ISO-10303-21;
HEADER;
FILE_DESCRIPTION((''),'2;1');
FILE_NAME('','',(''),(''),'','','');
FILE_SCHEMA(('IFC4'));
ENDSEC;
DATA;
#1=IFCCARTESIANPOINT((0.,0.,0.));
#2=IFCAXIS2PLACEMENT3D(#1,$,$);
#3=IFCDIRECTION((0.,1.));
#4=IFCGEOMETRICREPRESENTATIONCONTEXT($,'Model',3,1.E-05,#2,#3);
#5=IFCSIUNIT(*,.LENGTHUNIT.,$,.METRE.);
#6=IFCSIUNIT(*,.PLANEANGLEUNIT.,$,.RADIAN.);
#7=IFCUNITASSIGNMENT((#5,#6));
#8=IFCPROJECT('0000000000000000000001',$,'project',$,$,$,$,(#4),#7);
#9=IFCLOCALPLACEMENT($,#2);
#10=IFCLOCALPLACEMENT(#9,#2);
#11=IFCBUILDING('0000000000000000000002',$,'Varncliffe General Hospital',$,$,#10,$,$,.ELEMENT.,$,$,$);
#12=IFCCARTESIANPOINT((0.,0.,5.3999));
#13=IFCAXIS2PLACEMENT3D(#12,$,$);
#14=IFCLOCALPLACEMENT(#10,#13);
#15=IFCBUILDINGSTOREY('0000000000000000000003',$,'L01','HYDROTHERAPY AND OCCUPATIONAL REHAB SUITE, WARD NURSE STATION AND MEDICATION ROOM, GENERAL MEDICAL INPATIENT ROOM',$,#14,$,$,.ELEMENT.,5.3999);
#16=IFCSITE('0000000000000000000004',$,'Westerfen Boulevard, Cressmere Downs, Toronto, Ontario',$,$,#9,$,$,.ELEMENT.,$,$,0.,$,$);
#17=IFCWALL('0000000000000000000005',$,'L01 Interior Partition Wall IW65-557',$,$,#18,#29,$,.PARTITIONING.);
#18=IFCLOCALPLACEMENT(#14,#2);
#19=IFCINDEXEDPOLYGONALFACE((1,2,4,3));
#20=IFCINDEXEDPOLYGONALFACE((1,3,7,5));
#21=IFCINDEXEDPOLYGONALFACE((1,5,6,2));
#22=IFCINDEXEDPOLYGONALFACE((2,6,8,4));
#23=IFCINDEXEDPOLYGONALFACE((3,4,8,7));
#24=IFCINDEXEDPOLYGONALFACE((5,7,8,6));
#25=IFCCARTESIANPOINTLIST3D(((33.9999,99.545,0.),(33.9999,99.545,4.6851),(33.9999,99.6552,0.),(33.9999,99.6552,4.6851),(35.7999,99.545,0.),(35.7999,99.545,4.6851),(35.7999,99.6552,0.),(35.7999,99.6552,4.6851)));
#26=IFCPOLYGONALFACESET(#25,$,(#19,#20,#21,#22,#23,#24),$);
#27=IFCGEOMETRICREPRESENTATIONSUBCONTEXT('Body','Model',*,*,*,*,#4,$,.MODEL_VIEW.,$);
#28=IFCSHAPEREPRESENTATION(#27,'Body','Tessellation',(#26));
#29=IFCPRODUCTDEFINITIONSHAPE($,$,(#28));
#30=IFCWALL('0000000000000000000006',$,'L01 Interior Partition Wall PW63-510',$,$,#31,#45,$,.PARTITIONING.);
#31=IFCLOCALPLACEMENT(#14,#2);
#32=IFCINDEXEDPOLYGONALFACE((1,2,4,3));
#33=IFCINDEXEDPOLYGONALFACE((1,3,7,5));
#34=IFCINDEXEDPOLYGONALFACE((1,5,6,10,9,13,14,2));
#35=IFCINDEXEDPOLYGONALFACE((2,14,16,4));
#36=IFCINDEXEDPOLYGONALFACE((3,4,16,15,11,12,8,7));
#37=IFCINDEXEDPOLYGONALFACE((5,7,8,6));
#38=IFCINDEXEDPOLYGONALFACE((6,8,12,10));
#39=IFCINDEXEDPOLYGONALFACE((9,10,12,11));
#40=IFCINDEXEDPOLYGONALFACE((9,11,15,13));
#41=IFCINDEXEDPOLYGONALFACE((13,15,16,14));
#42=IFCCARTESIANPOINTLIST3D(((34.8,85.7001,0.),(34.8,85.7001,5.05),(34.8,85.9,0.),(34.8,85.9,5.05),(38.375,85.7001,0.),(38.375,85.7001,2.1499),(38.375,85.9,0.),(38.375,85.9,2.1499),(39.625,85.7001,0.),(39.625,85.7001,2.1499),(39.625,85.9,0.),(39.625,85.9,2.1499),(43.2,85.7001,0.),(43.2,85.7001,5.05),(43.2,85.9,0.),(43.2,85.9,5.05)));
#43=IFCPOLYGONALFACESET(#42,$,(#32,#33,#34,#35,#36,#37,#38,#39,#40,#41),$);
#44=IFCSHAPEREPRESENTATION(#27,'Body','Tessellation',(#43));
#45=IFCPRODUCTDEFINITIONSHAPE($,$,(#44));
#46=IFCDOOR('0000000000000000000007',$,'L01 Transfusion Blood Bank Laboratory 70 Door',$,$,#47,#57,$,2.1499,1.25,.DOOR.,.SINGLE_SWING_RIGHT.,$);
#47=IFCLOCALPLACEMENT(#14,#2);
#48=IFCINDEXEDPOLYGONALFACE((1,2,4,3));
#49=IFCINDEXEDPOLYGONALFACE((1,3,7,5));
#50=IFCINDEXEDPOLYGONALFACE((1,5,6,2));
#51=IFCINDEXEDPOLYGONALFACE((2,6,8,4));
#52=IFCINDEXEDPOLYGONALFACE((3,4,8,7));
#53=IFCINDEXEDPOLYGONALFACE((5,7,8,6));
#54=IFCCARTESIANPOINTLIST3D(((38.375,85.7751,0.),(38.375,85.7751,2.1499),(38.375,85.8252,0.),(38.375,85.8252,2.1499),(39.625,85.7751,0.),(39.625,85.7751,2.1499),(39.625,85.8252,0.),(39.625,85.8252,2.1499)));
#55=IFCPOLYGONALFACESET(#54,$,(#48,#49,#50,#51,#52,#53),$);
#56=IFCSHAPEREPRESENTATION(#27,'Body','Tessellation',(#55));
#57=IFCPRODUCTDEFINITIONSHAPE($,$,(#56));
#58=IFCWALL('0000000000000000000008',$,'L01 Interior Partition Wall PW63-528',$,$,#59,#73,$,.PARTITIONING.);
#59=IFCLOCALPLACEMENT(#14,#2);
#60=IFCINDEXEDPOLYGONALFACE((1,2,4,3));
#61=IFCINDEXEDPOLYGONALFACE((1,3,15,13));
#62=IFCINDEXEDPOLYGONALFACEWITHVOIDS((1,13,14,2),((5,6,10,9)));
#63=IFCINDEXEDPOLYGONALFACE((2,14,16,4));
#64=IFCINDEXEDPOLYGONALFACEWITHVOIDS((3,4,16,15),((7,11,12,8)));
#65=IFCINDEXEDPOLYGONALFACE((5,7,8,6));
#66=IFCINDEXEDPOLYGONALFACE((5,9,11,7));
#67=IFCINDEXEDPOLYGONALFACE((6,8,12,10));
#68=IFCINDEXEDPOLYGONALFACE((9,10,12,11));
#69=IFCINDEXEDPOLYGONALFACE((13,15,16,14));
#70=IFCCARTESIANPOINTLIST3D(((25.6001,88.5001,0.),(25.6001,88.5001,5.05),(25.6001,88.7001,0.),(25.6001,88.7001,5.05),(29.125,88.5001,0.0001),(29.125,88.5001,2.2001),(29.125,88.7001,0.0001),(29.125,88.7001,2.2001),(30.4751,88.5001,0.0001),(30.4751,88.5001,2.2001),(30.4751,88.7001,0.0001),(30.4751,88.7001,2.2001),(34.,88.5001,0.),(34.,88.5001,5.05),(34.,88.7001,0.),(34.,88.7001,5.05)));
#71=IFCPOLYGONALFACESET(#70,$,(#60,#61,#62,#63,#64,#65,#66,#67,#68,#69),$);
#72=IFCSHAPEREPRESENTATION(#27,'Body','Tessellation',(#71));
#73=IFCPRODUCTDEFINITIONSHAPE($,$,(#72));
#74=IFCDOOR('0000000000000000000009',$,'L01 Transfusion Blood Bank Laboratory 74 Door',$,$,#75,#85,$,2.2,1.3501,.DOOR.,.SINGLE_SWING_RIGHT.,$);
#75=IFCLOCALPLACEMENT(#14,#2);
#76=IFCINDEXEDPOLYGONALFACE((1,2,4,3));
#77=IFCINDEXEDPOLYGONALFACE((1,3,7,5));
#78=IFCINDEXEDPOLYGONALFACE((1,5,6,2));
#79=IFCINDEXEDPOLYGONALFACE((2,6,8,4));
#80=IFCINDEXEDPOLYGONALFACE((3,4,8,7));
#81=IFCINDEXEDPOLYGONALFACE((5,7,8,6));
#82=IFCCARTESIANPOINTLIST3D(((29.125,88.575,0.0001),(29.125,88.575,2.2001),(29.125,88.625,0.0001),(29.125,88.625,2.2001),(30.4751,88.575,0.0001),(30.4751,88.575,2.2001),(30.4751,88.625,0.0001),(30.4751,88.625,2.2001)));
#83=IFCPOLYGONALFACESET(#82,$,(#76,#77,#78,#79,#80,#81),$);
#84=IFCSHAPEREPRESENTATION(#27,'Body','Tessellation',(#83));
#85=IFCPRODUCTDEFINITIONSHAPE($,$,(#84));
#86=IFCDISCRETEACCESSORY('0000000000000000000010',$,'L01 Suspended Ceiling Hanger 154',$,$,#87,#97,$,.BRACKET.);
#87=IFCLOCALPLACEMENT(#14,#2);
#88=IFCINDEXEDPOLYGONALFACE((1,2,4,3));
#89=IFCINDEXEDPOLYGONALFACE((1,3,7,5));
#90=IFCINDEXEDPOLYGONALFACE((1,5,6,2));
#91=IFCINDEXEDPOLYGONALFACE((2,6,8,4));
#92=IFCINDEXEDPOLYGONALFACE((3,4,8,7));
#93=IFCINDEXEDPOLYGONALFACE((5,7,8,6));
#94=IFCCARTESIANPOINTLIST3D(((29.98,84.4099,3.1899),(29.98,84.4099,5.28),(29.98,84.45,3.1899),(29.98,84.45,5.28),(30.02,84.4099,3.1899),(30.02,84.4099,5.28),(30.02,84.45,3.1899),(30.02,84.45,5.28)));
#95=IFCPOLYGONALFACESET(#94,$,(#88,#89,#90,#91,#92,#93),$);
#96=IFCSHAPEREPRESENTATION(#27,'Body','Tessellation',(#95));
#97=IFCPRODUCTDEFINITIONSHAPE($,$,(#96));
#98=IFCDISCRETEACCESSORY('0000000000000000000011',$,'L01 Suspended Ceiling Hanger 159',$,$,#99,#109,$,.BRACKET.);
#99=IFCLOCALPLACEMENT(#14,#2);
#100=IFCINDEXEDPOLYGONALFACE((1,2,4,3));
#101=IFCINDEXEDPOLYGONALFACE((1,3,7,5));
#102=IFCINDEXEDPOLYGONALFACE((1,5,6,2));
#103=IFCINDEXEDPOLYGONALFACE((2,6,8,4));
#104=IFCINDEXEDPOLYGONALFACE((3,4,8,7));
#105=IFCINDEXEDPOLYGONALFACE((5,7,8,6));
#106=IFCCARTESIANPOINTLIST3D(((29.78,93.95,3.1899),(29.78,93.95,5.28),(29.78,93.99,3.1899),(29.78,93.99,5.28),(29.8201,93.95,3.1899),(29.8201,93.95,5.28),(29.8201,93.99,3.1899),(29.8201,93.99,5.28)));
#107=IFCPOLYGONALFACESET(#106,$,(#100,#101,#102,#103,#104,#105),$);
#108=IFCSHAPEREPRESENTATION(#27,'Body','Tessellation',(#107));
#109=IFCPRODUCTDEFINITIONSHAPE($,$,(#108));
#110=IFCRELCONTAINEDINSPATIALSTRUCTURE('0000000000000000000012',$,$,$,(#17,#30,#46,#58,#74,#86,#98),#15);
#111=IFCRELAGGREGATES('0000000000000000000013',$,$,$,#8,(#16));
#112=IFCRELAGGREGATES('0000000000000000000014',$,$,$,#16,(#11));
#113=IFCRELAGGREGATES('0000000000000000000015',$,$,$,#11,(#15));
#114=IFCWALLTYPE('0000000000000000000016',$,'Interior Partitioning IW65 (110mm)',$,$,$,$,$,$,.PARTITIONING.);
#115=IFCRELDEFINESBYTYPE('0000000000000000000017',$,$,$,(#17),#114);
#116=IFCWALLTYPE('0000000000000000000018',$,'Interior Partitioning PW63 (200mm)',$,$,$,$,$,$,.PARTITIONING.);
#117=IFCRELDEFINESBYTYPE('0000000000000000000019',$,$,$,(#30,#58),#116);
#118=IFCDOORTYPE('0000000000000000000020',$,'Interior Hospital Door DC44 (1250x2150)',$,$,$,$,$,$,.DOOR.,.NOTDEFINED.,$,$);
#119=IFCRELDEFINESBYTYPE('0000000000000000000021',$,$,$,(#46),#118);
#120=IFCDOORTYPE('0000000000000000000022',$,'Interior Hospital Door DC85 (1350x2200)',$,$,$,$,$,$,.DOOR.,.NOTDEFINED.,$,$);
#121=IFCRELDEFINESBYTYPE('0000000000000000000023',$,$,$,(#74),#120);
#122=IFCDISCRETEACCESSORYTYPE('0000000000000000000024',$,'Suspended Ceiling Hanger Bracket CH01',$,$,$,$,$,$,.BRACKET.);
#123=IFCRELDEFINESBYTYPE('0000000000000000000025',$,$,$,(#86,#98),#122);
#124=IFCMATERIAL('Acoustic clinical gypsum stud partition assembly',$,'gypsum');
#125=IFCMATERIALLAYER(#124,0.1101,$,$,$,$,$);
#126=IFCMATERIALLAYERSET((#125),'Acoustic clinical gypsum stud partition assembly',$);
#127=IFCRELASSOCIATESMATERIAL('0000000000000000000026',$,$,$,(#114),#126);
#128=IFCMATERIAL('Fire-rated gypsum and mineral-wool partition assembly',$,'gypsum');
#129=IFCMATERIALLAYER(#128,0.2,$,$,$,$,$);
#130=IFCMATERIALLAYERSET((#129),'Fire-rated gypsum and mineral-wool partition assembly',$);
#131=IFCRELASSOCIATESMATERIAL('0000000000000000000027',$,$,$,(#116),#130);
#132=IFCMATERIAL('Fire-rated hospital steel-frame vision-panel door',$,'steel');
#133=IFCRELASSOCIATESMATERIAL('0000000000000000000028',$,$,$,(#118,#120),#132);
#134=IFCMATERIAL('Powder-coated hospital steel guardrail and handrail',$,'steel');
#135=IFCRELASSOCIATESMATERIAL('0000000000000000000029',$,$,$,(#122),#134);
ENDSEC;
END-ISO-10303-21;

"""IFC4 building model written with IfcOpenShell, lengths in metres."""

from ifc_helpers import new_model, si_unit, direction, frame, frame_2d, origin, origin_2d, place, context, subcontext, project, spatial, rectangle, extrude, material, layer, layer_set, type_object, element, fill, save


model = new_model("IFC4")

# Units and contexts
model_context = context("Model", 3, precision=1e-05, world=origin(), true_north=direction((0.0, 1.0)))
body_context = subcontext(model_context, "Body", "Model", "MODEL_VIEW")
ifc_project = project(units=[si_unit("LENGTHUNIT", "METRE"), si_unit("PLANEANGLEUNIT", "RADIAN")], contexts=[model_context])

# Site, building, storey
site_placement = place(None, origin())
site = spatial("IfcSite", under=ifc_project, at=site_placement, Name="Westerfen Boulevard, Cressmere Downs, Toronto, Ontario", CompositionType="ELEMENT", RefElevation=0.0)
building_placement = place(site_placement, origin())
building = spatial("IfcBuilding", under=site, at=building_placement, Name="Varncliffe General Hospital", CompositionType="ELEMENT")
storey_placement = place(building_placement, frame((0.0, 0.0, 5.3999)))
storey = spatial("IfcBuildingStorey", under=building, at=storey_placement, Name="L01", Description="HYDROTHERAPY AND OCCUPATIONAL REHAB SUITE, WARD NURSE STATION AND MEDICATION ROOM, GENERAL MEDICAL INPATIENT ROOM", CompositionType="ELEMENT", Elevation=5.3999)

# Wall
ifc_material_1 = material(Name="Acoustic clinical gypsum stud partition assembly", Category="gypsum")
ifc_layer_1 = layer(ifc_material_1, 0.1101)
ifc_layer_set_1 = layer_set([ifc_layer_1], Name="Acoustic clinical gypsum stud partition assembly")
wall_type_1 = type_object("IfcWallType", Name="Interior Partitioning IW65 (110mm)", PredefinedType="PARTITIONING", material=ifc_layer_set_1)
wall_1_placement = place(storey_placement, frame((34.0, 99.6001, 0.0), z_axis=(0.0, 0.0, 1.0), x_axis=(1.0, 0.0, 0.0)))
element("IfcWall", 1, at=wall_1_placement, inside=storey, type_object=wall_type_1, Name="L01 Interior Partition Wall IW65-557", PredefinedType="PARTITIONING", context=body_context, shape_type="SweptSolid", body=[
    extrude(rectangle(XDim=1.8, YDim=0.1101, at=frame_2d((0.8999, 0.0))), origin(), (0.0, 0.0, 1.0), 4.6851),
])

# Walls, openings, doors
ifc_material_2 = material(Name="Fire-rated gypsum and mineral-wool partition assembly", Category="gypsum")
ifc_layer_2 = layer(ifc_material_2, 0.2)
ifc_layer_set_2 = layer_set([ifc_layer_2], Name="Fire-rated gypsum and mineral-wool partition assembly")
wall_type_2 = type_object("IfcWallType", Name="Interior Partitioning PW63 (200mm)", PredefinedType="PARTITIONING", material=ifc_layer_set_2)
wall_2_placement = place(storey_placement, frame((34.8, 85.8, 0.0), z_axis=(0.0, 0.0, 1.0), x_axis=(1.0, 0.0, 0.0)))
wall_2 = element("IfcWall", 2, at=wall_2_placement, inside=storey, type_object=wall_type_2, Name="L01 Interior Partition Wall PW63-510", PredefinedType="PARTITIONING", context=body_context, shape_type="SweptSolid", body=[
    extrude(rectangle(XDim=8.3999, YDim=0.2, at=frame_2d((4.2, 0.0))), origin(), (0.0, 0.0, 1.0), 5.05),
])
opening_1_placement = place(wall_2_placement, frame((3.575, 0.0, 0.0)))
opening_1 = element("IfcOpeningElement", 3, at=opening_1_placement, cuts=wall_2, PredefinedType="OPENING", context=body_context, shape_type="SweptSolid", body=[
    extrude(rectangle(XDim=1.25, YDim=2.1499, at=frame_2d((0.625, 1.075))), frame((0.0, 0.1099, 0.0), z_axis=(0.0, -1.0, 0.0), x_axis=(1.0, 0.0, 0.0)), (0.0, 0.0, 1.0), 0.22),
])
ifc_material_3 = material(Name="Fire-rated hospital steel-frame vision-panel door", Category="steel")
door_type_1 = type_object("IfcDoorType", Name="Interior Hospital Door DC44 (1250x2150)", OperationType="NOTDEFINED", PredefinedType="DOOR", material=ifc_material_3)
door_1_placement = place(opening_1_placement, frame((1.25, 0.0, 0.0), z_axis=(0.0, 0.0, 1.0), x_axis=(-1.0, 0.0, 0.0)))
door_1 = element("IfcDoor", 4, at=door_1_placement, inside=storey, type_object=door_type_1, Name="L01 Transfusion Blood Bank Laboratory 70 Door", OperationType="SINGLE_SWING_RIGHT", OverallHeight=2.1499, OverallWidth=1.25, PredefinedType="DOOR", context=body_context, shape_type="SweptSolid", body=[
    extrude(rectangle(XDim=1.25, YDim=2.1499, at=frame_2d((0.625, 1.075))), frame((0.0, 0.0249, 0.0), z_axis=(0.0, -1.0, 0.0), x_axis=(1.0, 0.0, 0.0)), (0.0, 0.0, 1.0), 0.05),
])
fill(opening_1, door_1)
wall_3_placement = place(storey_placement, frame((25.6001, 88.6001, 0.0), z_axis=(0.0, 0.0, 1.0), x_axis=(1.0, 0.0, 0.0)))
wall_3 = element("IfcWall", 5, at=wall_3_placement, inside=storey, type_object=wall_type_2, Name="L01 Interior Partition Wall PW63-528", PredefinedType="PARTITIONING", context=body_context, shape_type="SweptSolid", body=[
    extrude(rectangle(XDim=8.3999, YDim=0.2, at=frame_2d((4.2, 0.0))), origin(), (0.0, 0.0, 1.0), 5.05),
])
opening_2_placement = place(wall_3_placement, frame((3.5249, 0.0, 0.0)))
opening_2 = element("IfcOpeningElement", 6, at=opening_2_placement, cuts=wall_3, PredefinedType="OPENING", context=body_context, shape_type="SweptSolid", body=[
    extrude(rectangle(XDim=1.3501, YDim=2.2, at=frame_2d((0.675, 1.1001))), frame((0.0, 0.1099, 0.0), z_axis=(0.0, -1.0, 0.0), x_axis=(1.0, 0.0, 0.0)), (0.0, 0.0, 1.0), 0.22),
])
door_type_2 = type_object("IfcDoorType", Name="Interior Hospital Door DC85 (1350x2200)", OperationType="NOTDEFINED", PredefinedType="DOOR", material=ifc_material_3)
door_2_placement = place(opening_2_placement, origin())
door_2 = element("IfcDoor", 7, at=door_2_placement, inside=storey, type_object=door_type_2, Name="L01 Transfusion Blood Bank Laboratory 74 Door", OperationType="SINGLE_SWING_RIGHT", OverallHeight=2.2, OverallWidth=1.3501, PredefinedType="DOOR", context=body_context, shape_type="SweptSolid", body=[
    extrude(rectangle(XDim=1.3501, YDim=2.2, at=frame_2d((0.675, 1.1001))), frame((0.0, 0.0249, 0.0), z_axis=(0.0, -1.0, 0.0), x_axis=(1.0, 0.0, 0.0)), (0.0, 0.0, 1.0), 0.05),
])
fill(opening_2, door_2)

# Discrete accessories
ifc_material_4 = material(Name="Powder-coated hospital steel guardrail and handrail", Category="steel")
discrete_accessory_type = type_object("IfcDiscreteAccessoryType", Name="Suspended Ceiling Hanger Bracket CH01", PredefinedType="BRACKET", material=ifc_material_4)
for number, where, z_axis, x_axis, name in (
    (8, (30.0, 84.4299, 3.1899), (0.0, 0.0, 1.0), (1.0, 0.0, 0.0), "L01 Suspended Ceiling Hanger 154"),
    (9, (29.8, 93.97, 3.1899), (0.0, 0.0, 1.0), (1.0, 0.0, 0.0), "L01 Suspended Ceiling Hanger 159"),
):
    element("IfcDiscreteAccessory", number, at=place(storey_placement, frame(where, z_axis=z_axis, x_axis=x_axis)), inside=storey, type_object=discrete_accessory_type, Name=name, PredefinedType="BRACKET", context=body_context, shape_type="SweptSolid", body=[
        extrude(rectangle(XDim=0.04, YDim=0.04, at=origin_2d()), origin(), (0.0, 0.0, 1.0), 2.0901),
    ])

save(model, "model.ifc")
